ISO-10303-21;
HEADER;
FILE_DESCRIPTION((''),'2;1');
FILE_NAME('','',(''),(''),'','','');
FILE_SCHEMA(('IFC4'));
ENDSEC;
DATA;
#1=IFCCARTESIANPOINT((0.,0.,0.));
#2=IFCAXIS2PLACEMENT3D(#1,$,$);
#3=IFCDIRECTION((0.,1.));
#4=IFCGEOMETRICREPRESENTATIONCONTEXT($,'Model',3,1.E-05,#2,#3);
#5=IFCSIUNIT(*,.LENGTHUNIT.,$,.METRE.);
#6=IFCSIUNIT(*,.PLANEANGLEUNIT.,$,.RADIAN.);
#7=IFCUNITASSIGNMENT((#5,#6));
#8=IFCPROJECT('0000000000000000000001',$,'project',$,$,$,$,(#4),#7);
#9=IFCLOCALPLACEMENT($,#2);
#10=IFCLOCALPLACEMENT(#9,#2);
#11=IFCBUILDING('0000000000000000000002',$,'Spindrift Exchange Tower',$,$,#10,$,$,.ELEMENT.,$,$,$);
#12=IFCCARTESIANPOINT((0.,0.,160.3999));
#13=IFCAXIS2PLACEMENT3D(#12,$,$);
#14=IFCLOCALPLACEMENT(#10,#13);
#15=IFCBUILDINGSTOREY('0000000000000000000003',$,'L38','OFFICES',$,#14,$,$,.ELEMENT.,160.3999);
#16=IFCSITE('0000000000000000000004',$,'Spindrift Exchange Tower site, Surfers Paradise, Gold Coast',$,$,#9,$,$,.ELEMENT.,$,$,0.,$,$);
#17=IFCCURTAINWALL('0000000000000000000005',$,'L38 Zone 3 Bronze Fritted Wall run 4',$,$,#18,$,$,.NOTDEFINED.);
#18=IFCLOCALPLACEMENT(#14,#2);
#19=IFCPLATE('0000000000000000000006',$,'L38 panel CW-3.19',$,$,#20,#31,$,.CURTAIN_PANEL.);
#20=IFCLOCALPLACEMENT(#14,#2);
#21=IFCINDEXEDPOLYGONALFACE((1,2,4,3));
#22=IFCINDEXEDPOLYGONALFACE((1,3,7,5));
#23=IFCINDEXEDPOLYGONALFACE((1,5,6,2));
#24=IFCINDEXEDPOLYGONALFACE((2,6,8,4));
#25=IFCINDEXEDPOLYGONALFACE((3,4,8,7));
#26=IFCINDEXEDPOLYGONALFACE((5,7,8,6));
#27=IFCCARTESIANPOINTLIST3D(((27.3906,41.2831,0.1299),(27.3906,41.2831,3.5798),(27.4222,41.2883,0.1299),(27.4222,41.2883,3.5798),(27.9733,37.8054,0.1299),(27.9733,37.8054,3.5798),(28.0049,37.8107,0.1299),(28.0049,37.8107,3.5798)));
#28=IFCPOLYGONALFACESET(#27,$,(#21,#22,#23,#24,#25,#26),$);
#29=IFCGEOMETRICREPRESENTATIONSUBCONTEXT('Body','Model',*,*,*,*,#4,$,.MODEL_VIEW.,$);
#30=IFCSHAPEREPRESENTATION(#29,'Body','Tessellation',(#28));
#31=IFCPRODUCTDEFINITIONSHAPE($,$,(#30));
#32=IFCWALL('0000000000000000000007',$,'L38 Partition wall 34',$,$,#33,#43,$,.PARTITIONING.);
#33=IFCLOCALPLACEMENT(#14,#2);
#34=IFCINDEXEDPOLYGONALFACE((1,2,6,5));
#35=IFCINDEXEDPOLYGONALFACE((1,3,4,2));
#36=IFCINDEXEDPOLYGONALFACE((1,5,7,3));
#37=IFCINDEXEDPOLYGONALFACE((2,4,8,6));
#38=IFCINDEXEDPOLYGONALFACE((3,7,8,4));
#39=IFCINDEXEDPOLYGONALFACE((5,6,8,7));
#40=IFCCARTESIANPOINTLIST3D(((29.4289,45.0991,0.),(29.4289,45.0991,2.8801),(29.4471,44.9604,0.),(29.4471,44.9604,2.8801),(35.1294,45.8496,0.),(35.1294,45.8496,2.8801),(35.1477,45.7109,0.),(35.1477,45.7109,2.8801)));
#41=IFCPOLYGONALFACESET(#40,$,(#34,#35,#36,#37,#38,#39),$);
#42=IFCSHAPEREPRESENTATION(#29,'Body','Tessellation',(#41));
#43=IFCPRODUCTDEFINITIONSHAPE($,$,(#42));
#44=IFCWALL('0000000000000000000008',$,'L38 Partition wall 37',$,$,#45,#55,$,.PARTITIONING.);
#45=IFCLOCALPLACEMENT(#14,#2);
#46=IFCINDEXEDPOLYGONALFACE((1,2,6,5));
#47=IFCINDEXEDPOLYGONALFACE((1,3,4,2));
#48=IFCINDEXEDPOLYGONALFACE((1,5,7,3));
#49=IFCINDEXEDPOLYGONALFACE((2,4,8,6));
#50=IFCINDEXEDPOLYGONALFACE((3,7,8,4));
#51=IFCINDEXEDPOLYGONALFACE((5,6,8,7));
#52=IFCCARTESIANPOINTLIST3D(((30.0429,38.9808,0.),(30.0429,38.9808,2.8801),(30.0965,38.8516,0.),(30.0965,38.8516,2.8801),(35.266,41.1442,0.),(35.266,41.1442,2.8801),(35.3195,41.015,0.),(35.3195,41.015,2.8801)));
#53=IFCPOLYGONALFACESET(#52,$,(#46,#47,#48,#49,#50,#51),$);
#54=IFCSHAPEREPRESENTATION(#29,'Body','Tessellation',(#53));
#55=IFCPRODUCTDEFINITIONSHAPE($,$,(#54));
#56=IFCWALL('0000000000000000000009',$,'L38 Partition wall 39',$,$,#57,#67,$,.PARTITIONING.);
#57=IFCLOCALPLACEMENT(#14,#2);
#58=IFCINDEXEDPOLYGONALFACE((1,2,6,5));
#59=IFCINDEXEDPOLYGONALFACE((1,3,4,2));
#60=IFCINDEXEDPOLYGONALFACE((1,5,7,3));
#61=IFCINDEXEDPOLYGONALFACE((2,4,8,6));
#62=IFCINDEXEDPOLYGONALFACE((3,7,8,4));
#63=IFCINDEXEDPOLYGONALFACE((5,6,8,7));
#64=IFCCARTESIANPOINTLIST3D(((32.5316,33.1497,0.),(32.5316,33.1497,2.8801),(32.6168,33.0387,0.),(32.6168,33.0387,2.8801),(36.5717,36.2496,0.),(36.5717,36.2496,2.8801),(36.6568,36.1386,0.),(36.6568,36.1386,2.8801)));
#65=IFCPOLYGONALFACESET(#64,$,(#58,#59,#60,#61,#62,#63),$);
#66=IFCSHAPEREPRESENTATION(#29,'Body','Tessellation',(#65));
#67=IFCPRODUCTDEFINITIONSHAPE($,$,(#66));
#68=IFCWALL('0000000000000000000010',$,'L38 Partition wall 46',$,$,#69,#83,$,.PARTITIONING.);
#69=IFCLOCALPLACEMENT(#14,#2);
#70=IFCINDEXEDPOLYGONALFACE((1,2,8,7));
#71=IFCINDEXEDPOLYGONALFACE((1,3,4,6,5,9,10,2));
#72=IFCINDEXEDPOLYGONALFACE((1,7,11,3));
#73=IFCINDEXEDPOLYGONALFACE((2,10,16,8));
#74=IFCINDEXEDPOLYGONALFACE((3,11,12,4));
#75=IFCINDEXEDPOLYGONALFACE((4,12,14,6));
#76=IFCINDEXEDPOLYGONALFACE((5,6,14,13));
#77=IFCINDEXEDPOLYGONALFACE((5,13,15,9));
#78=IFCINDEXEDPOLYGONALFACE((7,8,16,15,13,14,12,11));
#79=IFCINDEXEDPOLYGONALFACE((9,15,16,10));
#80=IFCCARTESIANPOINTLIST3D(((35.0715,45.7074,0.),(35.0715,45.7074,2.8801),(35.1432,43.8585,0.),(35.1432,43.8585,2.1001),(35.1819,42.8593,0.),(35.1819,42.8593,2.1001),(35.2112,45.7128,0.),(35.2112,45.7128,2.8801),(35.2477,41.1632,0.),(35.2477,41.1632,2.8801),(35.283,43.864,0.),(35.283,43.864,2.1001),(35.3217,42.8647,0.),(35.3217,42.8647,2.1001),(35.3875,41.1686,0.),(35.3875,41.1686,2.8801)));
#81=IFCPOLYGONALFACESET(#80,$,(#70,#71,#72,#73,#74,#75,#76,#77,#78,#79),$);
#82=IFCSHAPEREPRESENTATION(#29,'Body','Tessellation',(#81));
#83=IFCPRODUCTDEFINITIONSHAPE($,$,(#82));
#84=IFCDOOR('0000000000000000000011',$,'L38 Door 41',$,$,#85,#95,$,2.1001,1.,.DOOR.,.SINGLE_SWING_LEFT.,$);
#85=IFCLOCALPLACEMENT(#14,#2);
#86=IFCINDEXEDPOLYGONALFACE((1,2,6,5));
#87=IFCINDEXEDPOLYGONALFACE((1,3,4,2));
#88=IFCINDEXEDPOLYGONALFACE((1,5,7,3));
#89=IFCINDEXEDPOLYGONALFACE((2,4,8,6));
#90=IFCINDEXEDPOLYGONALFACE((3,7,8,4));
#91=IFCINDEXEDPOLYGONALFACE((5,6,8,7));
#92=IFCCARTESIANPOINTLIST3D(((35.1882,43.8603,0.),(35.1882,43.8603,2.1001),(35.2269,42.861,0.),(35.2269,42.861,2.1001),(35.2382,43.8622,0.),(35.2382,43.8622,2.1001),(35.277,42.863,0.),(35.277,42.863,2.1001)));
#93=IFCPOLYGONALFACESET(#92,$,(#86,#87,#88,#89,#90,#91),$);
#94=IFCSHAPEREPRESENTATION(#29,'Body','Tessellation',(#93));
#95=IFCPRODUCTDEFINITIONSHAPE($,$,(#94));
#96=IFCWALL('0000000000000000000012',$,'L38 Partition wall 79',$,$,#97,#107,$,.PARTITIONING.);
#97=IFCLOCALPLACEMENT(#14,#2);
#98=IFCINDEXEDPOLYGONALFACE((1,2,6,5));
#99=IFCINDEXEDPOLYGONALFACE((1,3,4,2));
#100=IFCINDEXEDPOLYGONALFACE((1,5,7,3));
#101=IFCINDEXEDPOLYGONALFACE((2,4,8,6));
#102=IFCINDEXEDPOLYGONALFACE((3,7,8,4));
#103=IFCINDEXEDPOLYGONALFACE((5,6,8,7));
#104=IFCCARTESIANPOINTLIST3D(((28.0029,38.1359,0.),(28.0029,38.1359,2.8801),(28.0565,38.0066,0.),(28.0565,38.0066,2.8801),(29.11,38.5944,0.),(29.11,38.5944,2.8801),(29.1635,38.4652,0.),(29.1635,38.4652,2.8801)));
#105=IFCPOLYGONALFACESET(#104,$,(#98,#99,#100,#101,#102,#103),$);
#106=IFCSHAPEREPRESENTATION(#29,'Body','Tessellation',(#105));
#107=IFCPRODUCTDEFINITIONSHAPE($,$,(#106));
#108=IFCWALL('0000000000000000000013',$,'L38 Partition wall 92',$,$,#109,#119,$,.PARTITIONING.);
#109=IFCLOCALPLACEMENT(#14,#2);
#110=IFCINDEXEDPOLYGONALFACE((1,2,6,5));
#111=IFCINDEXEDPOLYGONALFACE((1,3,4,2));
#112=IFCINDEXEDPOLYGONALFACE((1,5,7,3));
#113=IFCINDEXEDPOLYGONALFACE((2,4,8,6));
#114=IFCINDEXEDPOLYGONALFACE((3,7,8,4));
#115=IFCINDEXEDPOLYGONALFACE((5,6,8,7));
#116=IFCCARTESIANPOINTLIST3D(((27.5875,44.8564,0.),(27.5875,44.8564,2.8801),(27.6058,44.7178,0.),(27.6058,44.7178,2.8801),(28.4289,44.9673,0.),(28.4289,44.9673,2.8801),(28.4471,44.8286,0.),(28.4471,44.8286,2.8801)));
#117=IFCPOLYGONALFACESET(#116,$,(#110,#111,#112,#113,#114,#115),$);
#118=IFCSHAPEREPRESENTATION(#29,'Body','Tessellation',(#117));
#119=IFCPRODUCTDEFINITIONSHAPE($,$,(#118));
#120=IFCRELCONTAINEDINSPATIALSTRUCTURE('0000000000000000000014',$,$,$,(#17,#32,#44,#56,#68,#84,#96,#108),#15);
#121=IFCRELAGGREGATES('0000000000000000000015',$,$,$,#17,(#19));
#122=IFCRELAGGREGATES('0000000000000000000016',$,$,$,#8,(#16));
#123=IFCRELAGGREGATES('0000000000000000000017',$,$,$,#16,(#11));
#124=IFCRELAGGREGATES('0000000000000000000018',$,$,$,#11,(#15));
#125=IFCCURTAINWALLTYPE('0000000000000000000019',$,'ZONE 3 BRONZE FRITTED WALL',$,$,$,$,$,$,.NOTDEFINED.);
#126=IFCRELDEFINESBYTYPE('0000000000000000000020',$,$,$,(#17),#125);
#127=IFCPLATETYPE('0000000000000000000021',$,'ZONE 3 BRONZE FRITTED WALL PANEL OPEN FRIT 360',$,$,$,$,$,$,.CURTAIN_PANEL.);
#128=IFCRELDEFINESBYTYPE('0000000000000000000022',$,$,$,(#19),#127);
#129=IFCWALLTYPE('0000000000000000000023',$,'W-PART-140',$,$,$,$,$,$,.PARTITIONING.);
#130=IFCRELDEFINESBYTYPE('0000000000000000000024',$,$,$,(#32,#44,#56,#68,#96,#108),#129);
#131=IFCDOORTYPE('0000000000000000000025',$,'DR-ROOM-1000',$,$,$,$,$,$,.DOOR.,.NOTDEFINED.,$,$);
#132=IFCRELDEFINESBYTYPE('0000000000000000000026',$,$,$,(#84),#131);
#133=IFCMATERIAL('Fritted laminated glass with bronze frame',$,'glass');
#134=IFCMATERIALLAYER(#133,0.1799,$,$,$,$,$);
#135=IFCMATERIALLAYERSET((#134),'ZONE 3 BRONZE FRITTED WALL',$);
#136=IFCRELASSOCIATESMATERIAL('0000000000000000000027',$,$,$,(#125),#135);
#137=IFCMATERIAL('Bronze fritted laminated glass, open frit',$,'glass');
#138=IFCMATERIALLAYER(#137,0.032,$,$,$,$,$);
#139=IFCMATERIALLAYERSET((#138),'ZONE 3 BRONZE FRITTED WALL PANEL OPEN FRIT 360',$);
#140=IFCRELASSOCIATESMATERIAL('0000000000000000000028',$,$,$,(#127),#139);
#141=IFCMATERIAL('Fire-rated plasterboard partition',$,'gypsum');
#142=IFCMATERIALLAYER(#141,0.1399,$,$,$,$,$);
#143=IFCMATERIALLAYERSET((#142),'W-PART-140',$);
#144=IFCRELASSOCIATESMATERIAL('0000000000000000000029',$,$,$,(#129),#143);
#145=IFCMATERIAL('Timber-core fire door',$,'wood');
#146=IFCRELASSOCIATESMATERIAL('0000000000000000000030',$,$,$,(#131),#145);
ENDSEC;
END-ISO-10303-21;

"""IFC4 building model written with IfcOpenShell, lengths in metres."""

from ifc_helpers import new_model, si_unit, direction, frame, frame_2d, origin, origin_2d, place, context, subcontext, project, spatial, rectangle, extrude, source, transform, mapped, material, layer, layer_set, type_object, element, fill, aggregate, save


model = new_model("IFC4")

# Units and contexts
model_context = context("Model", 3, precision=1e-05, world=origin(), true_north=direction((0.0, 1.0)))
body_context = subcontext(model_context, "Body", "Model", "MODEL_VIEW")
ifc_project = project(units=[si_unit("LENGTHUNIT", "METRE"), si_unit("PLANEANGLEUNIT", "RADIAN")], contexts=[model_context])

# Site, building, storey
site_placement = place(None, origin())
site = spatial("IfcSite", under=ifc_project, at=site_placement, Name="Spindrift Exchange Tower site, Surfers Paradise, Gold Coast", CompositionType="ELEMENT", RefElevation=0.0)
building_placement = place(site_placement, origin())
building = spatial("IfcBuilding", under=site, at=building_placement, Name="Spindrift Exchange Tower", CompositionType="ELEMENT")
storey_placement = place(building_placement, frame((0.0, 0.0, 160.3999)))
storey = spatial("IfcBuildingStorey", under=building, at=storey_placement, Name="L38", Description="OFFICES", CompositionType="ELEMENT", Elevation=160.3999)

# Curtain wall
ifc_material_1 = material(Name="Fritted laminated glass with bronze frame", Category="glass")
ifc_layer_1 = layer(ifc_material_1, 0.1799)
ifc_layer_set_1 = layer_set([ifc_layer_1], Name="ZONE 3 BRONZE FRITTED WALL")
curtain_wall_type = type_object("IfcCurtainWallType", Name="ZONE 3 BRONZE FRITTED WALL", PredefinedType="NOTDEFINED", material=ifc_layer_set_1)
curtain_wall_1_placement = place(storey_placement, origin())
curtain_wall_1 = element("IfcCurtainWall", 1, at=curtain_wall_1_placement, inside=storey, type_object=curtain_wall_type, Name="L38 Zone 3 Bronze Fritted Wall run 4", PredefinedType="NOTDEFINED")

# Plate
ifc_material_2 = material(Name="Bronze fritted laminated glass, open frit", Category="glass")
ifc_layer_2 = layer(ifc_material_2, 0.032)
ifc_layer_set_2 = layer_set([ifc_layer_2], Name="ZONE 3 BRONZE FRITTED WALL PANEL OPEN FRIT 360")
plate_type_1 = type_object("IfcPlateType", Name="ZONE 3 BRONZE FRITTED WALL PANEL OPEN FRIT 360", PredefinedType="CURTAIN_PANEL", material=ifc_layer_set_2)
shared_shape_1 = source(origin(), body_context, "Body", "SweptSolid", [
    extrude(rectangle(XDim=3.5261, YDim=0.032, at=origin_2d()), origin(), (0.0, 0.0, 1.0), 3.45),
])
plate_1_placement = place(storey_placement, frame((27.6978, 39.5469, 0.1299), z_axis=(0.0, 0.0, 1.0), x_axis=(0.165256, -0.986251, 0.0)))
plate_1 = element("IfcPlate", 2, at=plate_1_placement, type_object=plate_type_1, Name="L38 panel CW-3.19", PredefinedType="CURTAIN_PANEL", context=body_context, shape_type="MappedRepresentation", body=[
    mapped(shared_shape_1, transform((0.0, 0.0, 0.0), scale=1.0)),
])
aggregate(curtain_wall_1, [plate_1])

# Walls
ifc_material_3 = material(Name="Fire-rated plasterboard partition", Category="gypsum")
ifc_layer_3 = layer(ifc_material_3, 0.1399)
ifc_layer_set_3 = layer_set([ifc_layer_3], Name="W-PART-140")
wall_type = type_object("IfcWallType", Name="W-PART-140", PredefinedType="PARTITIONING", material=ifc_layer_set_3)
wall_1_placement = place(storey_placement, frame((35.1387, 45.7803, 0.0), z_axis=(0.0, 0.0, 1.0), x_axis=(-0.991445, -0.130523, 0.0)))
element("IfcWall", 3, at=wall_1_placement, inside=storey, type_object=wall_type, Name="L38 Partition wall 34", PredefinedType="PARTITIONING", context=body_context, shape_type="SweptSolid", body=[
    extrude(rectangle(XDim=5.7498, YDim=0.1399, at=frame_2d((2.875, 0.0))), origin(), (0.0, 0.0, 1.0), 2.8801),
])
wall_2_placement = place(storey_placement, frame((35.2927, 41.0796, 0.0), z_axis=(0.0, 0.0, 1.0), x_axis=(-0.923884, -0.382673, 0.0)))
element("IfcWall", 4, at=wall_2_placement, inside=storey, type_object=wall_type, Name="L38 Partition wall 37", PredefinedType="PARTITIONING", context=body_context, shape_type="SweptSolid", body=[
    extrude(rectangle(XDim=5.6533, YDim=0.1399, at=frame_2d((2.8267, 0.0))), origin(), (0.0, 0.0, 1.0), 2.8801),
])
wall_3_placement = place(storey_placement, frame((36.6143, 36.1941, 0.0), z_axis=(0.0, 0.0, 1.0), x_axis=(-0.79337, -0.608739, 0.0)))
element("IfcWall", 5, at=wall_3_placement, inside=storey, type_object=wall_type, Name="L38 Partition wall 39", PredefinedType="PARTITIONING", context=body_context, shape_type="SweptSolid", body=[
    extrude(rectangle(XDim=5.0923, YDim=0.1399, at=frame_2d((2.5461, 0.0))), origin(), (0.0, 0.0, 1.0), 2.8801),
])

# Wall, opening, door
wall_4_placement = place(storey_placement, frame((35.3176, 41.1658, 0.0), z_axis=(0.0, 0.0, 1.0), x_axis=(-0.038761, 0.999249, 0.0)))
wall_4 = element("IfcWall", 6, at=wall_4_placement, inside=storey, type_object=wall_type, Name="L38 Partition wall 46", PredefinedType="PARTITIONING", context=body_context, shape_type="SweptSolid", body=[
    extrude(rectangle(XDim=4.5476, YDim=0.1399, at=frame_2d((2.2739, 0.0))), origin(), (0.0, 0.0, 1.0), 2.8801),
])
opening_placement = place(wall_4_placement, frame((1.6975, 0.0, 0.0)))
opening = element("IfcOpeningElement", 7, at=opening_placement, cuts=wall_4, PredefinedType="OPENING", context=body_context, shape_type="SweptSolid", body=[
    extrude(rectangle(XDim=1.0, YDim=2.1001, at=frame_2d((0.5, 1.05))), frame((0.0, 0.0798, 0.0), z_axis=(0.0, -1.0, 0.0), x_axis=(1.0, 0.0, 0.0)), (0.0, 0.0, 1.0), 0.1599),
])
ifc_material_4 = material(Name="Timber-core fire door", Category="wood")
door_type = type_object("IfcDoorType", Name="DR-ROOM-1000", OperationType="NOTDEFINED", PredefinedType="DOOR", material=ifc_material_4)
shared_shape_2 = source(origin(), body_context, "Body", "SweptSolid", [
    extrude(rectangle(XDim=1.0, YDim=2.1001, at=frame_2d((0.5, 1.05))), frame((0.0, 0.0249, 0.0), z_axis=(0.0, -1.0, 0.0), x_axis=(1.0, 0.0, 0.0)), (0.0, 0.0, 1.0), 0.05),
])
door_placement = place(opening_placement, origin())
door = element("IfcDoor", 8, at=door_placement, inside=storey, type_object=door_type, Name="L38 Door 41", OperationType="SINGLE_SWING_LEFT", OverallHeight=2.1001, OverallWidth=1.0, PredefinedType="DOOR", context=body_context, shape_type="MappedRepresentation", body=[
    mapped(shared_shape_2, transform((0.0, 0.0, 0.0), scale=1.0)),
])
fill(opening, door)

# Walls
wall_5_placement = place(storey_placement, frame((29.1367, 38.5298, 0.0), z_axis=(0.0, 0.0, 1.0), x_axis=(-0.923883, -0.382676, 0.0)))
element("IfcWall", 9, at=wall_5_placement, inside=storey, type_object=wall_type, Name="L38 Partition wall 79", PredefinedType="PARTITIONING", context=body_context, shape_type="SweptSolid", body=[
    extrude(rectangle(XDim=1.1982, YDim=0.1399, at=frame_2d((0.5991, 0.0))), origin(), (0.0, 0.0, 1.0), 2.8801),
])
wall_6_placement = place(storey_placement, frame((28.438, 44.8979, 0.0), z_axis=(0.0, 0.0, 1.0), x_axis=(-0.991433, -0.130618, 0.0)))
element("IfcWall", 10, at=wall_6_placement, inside=storey, type_object=wall_type, Name="L38 Partition wall 92", PredefinedType="PARTITIONING", context=body_context, shape_type="SweptSolid", body=[
    extrude(rectangle(XDim=0.8486, YDim=0.1399, at=frame_2d((0.4243, 0.0))), origin(), (0.0, 0.0, 1.0), 2.8801),
])

save(model, "model.ifc")
